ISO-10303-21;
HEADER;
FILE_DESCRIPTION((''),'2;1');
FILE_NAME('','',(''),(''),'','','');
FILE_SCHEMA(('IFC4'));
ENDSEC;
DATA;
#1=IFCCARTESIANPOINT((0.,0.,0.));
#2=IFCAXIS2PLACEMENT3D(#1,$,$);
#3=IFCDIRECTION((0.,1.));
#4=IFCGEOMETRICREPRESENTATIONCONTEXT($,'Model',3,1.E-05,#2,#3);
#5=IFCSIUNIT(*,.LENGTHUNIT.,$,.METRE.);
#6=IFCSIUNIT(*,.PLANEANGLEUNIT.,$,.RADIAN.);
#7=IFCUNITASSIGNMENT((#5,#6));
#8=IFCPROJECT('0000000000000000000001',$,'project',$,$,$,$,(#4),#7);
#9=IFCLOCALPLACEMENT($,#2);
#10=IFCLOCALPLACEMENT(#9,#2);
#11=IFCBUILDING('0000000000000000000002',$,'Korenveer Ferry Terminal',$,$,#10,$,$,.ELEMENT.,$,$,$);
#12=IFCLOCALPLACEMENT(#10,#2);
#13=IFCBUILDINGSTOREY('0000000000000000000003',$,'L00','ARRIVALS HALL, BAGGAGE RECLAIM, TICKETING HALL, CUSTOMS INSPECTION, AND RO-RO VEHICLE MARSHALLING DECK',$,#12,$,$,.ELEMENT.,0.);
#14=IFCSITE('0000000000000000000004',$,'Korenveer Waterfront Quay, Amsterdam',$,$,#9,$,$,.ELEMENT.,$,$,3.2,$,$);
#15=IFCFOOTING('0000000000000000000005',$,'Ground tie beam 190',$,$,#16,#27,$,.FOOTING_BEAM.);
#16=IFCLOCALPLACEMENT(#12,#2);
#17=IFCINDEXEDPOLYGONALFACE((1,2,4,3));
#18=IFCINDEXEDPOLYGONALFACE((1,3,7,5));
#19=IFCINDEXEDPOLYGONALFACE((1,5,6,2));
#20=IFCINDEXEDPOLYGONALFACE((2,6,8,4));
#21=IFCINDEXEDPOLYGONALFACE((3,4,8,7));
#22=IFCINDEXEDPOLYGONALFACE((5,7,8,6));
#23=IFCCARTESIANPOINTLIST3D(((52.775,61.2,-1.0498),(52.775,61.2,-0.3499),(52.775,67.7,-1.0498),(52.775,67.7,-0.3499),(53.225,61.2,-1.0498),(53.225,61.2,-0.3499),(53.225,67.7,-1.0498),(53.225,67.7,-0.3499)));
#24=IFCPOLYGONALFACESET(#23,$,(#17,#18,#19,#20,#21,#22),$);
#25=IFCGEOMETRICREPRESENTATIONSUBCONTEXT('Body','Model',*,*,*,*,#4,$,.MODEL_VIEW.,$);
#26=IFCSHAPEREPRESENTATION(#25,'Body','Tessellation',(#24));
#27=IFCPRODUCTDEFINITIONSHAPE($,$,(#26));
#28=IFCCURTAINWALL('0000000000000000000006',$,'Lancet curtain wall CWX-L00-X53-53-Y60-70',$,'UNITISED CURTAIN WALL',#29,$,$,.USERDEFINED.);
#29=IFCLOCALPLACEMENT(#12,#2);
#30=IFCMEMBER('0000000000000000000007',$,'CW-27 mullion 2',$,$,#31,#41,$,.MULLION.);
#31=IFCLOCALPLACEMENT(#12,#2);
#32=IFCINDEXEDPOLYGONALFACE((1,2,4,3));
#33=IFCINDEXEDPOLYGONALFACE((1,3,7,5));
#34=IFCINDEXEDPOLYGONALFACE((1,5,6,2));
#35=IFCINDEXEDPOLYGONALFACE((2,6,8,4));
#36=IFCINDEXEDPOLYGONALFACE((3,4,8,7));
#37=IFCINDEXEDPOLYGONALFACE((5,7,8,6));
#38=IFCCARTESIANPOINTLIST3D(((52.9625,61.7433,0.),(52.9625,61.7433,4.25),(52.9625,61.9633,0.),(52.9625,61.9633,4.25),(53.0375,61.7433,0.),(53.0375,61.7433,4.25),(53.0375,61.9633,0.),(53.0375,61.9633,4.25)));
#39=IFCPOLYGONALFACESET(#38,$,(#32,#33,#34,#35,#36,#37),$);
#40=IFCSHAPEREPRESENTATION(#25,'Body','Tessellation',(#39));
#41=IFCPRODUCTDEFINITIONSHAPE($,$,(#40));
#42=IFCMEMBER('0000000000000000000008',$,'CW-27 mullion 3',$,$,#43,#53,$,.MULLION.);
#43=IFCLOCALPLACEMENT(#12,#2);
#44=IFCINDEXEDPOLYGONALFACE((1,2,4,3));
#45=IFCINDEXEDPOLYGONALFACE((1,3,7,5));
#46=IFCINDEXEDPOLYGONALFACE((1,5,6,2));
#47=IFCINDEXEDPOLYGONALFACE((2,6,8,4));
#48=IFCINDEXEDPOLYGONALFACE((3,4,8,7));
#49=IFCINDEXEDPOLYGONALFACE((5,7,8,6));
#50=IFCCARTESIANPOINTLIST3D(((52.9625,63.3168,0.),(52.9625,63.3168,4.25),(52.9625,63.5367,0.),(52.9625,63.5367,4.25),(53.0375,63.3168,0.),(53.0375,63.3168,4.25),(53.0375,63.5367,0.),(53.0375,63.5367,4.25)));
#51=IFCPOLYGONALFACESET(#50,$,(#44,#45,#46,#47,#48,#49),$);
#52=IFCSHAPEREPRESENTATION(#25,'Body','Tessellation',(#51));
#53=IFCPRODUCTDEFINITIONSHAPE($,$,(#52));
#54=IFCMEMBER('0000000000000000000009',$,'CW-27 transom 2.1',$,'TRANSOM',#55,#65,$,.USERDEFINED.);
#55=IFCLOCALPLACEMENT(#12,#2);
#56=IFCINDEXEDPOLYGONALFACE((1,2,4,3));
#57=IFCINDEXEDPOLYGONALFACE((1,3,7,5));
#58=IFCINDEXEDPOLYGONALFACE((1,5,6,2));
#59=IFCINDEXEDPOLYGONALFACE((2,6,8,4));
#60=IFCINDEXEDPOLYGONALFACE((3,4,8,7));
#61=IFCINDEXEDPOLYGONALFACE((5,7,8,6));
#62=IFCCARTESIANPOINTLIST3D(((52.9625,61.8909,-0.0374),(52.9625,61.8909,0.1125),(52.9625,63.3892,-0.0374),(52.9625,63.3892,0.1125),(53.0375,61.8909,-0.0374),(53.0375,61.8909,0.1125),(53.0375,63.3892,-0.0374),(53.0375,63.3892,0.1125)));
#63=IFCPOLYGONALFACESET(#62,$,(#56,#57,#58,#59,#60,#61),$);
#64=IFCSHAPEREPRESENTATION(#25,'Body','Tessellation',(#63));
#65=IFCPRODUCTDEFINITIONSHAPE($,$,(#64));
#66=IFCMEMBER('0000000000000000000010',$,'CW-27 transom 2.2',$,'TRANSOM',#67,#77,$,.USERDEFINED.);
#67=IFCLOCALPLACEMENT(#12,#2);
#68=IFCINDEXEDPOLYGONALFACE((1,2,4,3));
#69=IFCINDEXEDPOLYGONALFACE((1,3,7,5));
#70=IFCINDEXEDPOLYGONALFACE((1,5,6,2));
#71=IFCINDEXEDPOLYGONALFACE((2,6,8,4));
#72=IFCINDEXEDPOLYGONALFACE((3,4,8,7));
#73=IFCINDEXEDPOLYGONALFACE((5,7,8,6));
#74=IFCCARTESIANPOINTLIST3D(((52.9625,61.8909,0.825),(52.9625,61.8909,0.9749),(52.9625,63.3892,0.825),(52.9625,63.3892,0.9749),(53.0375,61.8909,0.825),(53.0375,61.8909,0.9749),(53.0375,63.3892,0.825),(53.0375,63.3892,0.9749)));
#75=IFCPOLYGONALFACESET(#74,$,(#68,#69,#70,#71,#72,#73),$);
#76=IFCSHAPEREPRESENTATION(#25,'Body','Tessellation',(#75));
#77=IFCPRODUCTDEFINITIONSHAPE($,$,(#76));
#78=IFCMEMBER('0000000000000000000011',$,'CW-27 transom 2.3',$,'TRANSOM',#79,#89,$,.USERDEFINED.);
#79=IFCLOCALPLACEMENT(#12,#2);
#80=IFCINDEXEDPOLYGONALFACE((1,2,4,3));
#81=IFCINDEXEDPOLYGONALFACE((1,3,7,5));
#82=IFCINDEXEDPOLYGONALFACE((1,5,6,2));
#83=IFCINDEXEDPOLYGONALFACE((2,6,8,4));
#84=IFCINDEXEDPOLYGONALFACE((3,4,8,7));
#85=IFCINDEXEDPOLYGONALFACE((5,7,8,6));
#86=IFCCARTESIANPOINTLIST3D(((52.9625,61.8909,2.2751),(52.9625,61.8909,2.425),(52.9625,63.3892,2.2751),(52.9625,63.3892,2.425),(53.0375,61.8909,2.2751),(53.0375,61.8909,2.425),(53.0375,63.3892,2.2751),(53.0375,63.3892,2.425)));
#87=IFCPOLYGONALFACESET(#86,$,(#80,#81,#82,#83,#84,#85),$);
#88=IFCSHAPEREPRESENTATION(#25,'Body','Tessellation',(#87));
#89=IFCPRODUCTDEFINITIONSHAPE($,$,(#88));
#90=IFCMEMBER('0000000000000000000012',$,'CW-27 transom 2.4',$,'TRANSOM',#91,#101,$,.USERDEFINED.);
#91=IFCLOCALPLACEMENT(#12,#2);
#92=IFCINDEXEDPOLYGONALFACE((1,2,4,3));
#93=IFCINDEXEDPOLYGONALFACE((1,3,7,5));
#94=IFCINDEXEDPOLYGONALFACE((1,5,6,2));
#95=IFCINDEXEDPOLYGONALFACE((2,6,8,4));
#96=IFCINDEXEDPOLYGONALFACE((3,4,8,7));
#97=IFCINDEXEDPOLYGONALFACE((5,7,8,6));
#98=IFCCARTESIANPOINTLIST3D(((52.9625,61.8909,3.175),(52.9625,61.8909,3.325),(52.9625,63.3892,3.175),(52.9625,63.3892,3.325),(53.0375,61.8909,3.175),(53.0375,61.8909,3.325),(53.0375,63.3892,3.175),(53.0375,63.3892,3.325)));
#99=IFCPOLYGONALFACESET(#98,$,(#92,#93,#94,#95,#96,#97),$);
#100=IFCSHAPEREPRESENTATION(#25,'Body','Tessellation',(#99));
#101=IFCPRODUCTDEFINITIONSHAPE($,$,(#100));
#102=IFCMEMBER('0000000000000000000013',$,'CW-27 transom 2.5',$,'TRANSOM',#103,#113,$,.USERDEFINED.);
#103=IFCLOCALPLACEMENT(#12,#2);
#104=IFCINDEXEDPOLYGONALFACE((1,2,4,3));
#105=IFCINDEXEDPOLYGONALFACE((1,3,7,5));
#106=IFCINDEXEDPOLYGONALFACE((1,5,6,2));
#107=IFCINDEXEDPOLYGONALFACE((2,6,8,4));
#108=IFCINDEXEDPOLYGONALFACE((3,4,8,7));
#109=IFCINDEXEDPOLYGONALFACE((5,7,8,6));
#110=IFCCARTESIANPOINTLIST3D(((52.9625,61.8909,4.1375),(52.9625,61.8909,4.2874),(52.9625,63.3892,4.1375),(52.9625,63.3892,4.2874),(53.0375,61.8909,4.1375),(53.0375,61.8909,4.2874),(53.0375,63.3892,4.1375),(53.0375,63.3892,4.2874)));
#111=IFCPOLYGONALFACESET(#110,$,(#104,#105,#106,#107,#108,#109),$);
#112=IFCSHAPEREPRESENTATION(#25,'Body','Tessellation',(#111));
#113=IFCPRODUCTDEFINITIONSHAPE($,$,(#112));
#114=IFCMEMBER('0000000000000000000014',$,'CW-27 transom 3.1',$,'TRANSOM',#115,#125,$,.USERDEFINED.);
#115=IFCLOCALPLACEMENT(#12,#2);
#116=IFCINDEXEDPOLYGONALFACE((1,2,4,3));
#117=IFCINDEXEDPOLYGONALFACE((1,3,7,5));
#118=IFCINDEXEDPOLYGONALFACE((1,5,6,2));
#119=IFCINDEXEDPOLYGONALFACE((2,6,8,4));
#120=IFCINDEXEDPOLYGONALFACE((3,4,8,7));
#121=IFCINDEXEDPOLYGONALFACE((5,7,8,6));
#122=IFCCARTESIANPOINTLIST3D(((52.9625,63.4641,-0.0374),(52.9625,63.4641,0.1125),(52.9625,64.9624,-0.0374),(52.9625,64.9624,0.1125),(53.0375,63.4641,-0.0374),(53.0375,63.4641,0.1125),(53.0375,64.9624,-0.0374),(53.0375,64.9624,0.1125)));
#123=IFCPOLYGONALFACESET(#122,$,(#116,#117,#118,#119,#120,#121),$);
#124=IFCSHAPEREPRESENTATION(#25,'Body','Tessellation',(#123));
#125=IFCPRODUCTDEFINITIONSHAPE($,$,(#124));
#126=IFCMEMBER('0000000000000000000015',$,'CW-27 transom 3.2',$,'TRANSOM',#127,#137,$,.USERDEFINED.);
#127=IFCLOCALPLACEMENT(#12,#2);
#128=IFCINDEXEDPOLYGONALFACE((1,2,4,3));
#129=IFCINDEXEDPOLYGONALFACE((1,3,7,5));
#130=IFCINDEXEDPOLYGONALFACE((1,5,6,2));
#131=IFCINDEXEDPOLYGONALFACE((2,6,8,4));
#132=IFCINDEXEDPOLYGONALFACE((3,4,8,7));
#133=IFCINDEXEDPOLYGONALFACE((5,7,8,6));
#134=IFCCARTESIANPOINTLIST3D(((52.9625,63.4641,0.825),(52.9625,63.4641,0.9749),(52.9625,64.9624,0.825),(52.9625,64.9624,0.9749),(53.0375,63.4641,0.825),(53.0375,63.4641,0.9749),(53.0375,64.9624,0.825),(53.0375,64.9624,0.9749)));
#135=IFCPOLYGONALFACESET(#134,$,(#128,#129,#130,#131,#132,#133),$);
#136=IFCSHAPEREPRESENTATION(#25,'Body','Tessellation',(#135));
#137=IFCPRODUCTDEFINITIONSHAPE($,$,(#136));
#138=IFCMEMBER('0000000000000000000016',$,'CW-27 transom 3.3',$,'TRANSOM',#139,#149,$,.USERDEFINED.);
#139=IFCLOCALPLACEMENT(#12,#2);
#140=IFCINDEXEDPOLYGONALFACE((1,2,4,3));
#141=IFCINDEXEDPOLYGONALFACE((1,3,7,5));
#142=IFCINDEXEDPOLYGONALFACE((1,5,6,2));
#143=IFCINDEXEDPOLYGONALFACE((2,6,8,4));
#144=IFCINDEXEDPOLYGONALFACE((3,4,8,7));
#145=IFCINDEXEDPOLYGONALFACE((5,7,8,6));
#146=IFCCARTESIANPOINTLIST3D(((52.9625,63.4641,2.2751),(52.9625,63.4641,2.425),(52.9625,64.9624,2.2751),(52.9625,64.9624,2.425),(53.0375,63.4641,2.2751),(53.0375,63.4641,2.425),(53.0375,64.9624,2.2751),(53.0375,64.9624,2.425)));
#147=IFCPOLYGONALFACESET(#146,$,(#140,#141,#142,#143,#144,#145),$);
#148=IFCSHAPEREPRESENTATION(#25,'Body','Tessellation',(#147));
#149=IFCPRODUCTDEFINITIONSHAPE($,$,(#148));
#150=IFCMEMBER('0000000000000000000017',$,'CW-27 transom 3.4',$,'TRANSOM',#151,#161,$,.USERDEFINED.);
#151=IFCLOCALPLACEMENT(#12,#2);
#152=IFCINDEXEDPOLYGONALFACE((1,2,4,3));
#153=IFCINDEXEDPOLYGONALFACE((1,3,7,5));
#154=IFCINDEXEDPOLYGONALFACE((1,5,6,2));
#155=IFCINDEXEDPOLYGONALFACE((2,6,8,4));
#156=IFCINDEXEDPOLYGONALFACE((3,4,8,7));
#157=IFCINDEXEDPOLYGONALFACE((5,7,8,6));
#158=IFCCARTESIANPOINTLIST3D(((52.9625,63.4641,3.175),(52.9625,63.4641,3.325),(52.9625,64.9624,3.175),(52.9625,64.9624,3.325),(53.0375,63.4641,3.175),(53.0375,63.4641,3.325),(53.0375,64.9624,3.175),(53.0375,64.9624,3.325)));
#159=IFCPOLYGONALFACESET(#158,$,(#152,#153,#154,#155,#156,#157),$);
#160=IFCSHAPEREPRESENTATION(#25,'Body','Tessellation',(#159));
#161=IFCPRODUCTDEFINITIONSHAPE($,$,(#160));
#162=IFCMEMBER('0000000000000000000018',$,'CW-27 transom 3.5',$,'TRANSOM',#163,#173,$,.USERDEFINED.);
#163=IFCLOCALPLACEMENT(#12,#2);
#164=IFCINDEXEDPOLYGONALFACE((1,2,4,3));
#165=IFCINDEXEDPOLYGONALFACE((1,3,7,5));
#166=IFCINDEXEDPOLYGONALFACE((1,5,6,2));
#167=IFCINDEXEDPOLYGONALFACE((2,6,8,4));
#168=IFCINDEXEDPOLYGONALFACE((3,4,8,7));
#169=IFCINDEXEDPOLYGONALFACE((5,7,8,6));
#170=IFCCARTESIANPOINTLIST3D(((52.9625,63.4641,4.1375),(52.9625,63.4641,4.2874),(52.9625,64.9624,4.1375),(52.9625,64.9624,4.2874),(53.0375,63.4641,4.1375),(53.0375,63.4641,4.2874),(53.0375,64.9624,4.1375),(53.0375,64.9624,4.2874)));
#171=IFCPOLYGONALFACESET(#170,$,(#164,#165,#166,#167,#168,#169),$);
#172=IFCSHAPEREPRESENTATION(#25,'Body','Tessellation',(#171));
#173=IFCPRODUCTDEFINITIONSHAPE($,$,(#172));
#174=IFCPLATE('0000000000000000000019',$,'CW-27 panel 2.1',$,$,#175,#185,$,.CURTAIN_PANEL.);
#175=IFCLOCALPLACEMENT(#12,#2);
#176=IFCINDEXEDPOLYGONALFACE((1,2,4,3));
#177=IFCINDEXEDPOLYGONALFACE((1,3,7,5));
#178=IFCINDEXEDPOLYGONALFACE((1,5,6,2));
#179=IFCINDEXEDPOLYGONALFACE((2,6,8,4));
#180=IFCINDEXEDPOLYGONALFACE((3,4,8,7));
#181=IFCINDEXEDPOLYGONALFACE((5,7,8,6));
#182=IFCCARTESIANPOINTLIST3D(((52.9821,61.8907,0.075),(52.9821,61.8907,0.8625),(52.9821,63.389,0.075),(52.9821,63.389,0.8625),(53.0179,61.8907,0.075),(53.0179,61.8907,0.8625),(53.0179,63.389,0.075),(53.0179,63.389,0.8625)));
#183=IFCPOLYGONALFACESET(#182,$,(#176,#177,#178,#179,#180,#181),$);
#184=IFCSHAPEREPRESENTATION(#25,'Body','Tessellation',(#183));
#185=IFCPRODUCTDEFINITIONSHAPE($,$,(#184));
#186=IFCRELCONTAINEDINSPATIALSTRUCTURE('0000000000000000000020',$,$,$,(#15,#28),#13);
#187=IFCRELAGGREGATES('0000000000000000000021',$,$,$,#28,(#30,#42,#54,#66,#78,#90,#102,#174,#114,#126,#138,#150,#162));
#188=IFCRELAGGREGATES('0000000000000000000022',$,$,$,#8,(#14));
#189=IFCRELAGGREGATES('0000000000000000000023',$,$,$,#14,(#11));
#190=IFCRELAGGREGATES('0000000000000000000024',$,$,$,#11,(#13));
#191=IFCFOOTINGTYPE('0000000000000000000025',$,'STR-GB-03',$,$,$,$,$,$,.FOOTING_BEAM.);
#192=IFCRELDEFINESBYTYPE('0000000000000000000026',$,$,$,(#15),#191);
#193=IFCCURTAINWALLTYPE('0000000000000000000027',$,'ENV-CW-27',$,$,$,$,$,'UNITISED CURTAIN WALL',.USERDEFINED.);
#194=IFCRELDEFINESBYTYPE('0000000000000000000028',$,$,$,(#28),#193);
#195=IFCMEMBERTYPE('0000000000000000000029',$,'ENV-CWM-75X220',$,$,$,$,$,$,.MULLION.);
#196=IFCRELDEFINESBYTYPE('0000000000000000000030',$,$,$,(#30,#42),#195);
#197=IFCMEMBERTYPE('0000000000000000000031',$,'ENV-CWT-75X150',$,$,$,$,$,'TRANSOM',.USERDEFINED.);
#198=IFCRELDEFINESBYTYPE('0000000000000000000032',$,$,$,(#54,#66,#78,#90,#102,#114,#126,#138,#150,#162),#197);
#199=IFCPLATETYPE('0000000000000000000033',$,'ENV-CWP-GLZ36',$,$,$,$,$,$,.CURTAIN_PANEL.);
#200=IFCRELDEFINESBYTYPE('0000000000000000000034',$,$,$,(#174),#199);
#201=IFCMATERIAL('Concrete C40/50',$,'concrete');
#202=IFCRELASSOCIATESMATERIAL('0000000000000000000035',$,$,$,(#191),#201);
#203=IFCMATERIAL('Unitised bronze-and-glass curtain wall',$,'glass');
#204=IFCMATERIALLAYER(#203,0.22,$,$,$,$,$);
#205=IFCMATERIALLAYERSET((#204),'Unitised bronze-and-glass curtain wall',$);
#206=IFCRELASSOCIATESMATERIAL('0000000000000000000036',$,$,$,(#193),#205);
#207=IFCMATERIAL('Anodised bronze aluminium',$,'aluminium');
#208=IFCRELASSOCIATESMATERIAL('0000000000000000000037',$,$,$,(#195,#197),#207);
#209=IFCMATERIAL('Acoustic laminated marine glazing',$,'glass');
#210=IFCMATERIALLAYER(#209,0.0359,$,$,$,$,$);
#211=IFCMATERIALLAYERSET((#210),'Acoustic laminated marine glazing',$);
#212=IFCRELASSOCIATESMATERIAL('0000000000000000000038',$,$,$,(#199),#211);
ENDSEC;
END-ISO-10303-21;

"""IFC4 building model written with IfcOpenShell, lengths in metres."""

from ifc_helpers import new_model, si_unit, direction, frame, origin, origin_2d, place, context, subcontext, project, spatial, rectangle, extrude, material, layer, layer_set, material_profile, profile_set, type_object, element, aggregate, save


model = new_model("IFC4")

# Units and contexts
model_context = context("Model", 3, precision=1e-05, world=origin(), true_north=direction((0.0, 1.0)))
body_context = subcontext(model_context, "Body", "Model", "MODEL_VIEW")
ifc_project = project(units=[si_unit("LENGTHUNIT", "METRE"), si_unit("PLANEANGLEUNIT", "RADIAN")], contexts=[model_context])

# Site, building, storey
site_placement = place(None, origin())
site = spatial("IfcSite", under=ifc_project, at=site_placement, Name="Korenveer Waterfront Quay, Amsterdam", CompositionType="ELEMENT", RefElevation=3.2)
building_placement = place(site_placement, origin())
building = spatial("IfcBuilding", under=site, at=building_placement, Name="Korenveer Ferry Terminal", CompositionType="ELEMENT")
storey_placement = place(building_placement, origin())
storey = spatial("IfcBuildingStorey", under=building, at=storey_placement, Name="L00", Description="ARRIVALS HALL, BAGGAGE RECLAIM, TICKETING HALL, CUSTOMS INSPECTION, AND RO-RO VEHICLE MARSHALLING DECK", CompositionType="ELEMENT", Elevation=0.0)

# Footing
ifc_material_1 = material(Name="Concrete C40/50", Category="concrete")
footing_type = type_object("IfcFootingType", Name="STR-GB-03", PredefinedType="FOOTING_BEAM", material=ifc_material_1)
footing_placement = place(storey_placement, frame((53.0, 64.45, -1.0498), z_axis=(0.0, 0.0, 1.0), x_axis=(1.0, 0.0, 0.0)))
element("IfcFooting", 1, at=footing_placement, inside=storey, type_object=footing_type, Name="Ground tie beam 190", PredefinedType="FOOTING_BEAM", context=body_context, shape_type="SweptSolid", body=[
    extrude(rectangle(XDim=0.45, YDim=6.5, at=origin_2d()), origin(), (0.0, 0.0, 1.0), 0.7),
])

# Curtain wall, members, plate
ifc_material_2 = material(Name="Unitised bronze-and-glass curtain wall", Category="glass")
ifc_layer_1 = layer(ifc_material_2, 0.22)
ifc_layer_set_1 = layer_set([ifc_layer_1], Name="Unitised bronze-and-glass curtain wall")
curtain_wall_type = type_object("IfcCurtainWallType", Name="ENV-CW-27", ElementType="UNITISED CURTAIN WALL", PredefinedType="USERDEFINED", material=ifc_layer_set_1)
curtain_wall_placement = place(storey_placement, frame((53.0, 60.28, 0.0)))
curtain_wall = element("IfcCurtainWall", 2, at=curtain_wall_placement, inside=storey, type_object=curtain_wall_type, Name="Lancet curtain wall CWX-L00-X53-53-Y60-70", ObjectType="UNITISED CURTAIN WALL", PredefinedType="USERDEFINED")
ifc_material_3 = material(Name="Anodised bronze aluminium", Category="aluminium")
ifc_material_profile_1 = material_profile(ifc_material_3, rectangle(XDim=0.075, YDim=0.22, at=origin_2d()), Name="ALU 75x220")
ifc_profile_set_1 = profile_set([ifc_material_profile_1], Name="Anodised bronze aluminium")
member_type_1 = type_object("IfcMemberType", Name="ENV-CWM-75X220", PredefinedType="MULLION", material=ifc_profile_set_1)
member_1_placement = place(storey_placement, frame((53.0, 61.8533, 0.0), z_axis=(0.0, 0.0, 1.0), x_axis=(-1.0, 0.0, 0.0)))
member_1 = element("IfcMember", 3, at=member_1_placement, type_object=member_type_1, Name="CW-27 mullion 2", PredefinedType="MULLION", context=body_context, shape_type="SweptSolid", body=[
    extrude(rectangle(XDim=0.075, YDim=0.22, at=origin_2d()), origin(), (0.0, 0.0, 1.0), 4.25),
])
member_2_placement = place(storey_placement, frame((53.0, 63.4268, 0.0), z_axis=(0.0, 0.0, 1.0), x_axis=(-1.0, 0.0, 0.0)))
member_2 = element("IfcMember", 4, at=member_2_placement, type_object=member_type_1, Name="CW-27 mullion 3", PredefinedType="MULLION", context=body_context, shape_type="SweptSolid", body=[
    extrude(rectangle(XDim=0.075, YDim=0.22, at=origin_2d()), origin(), (0.0, 0.0, 1.0), 4.25),
])
ifc_material_profile_2 = material_profile(ifc_material_3, rectangle(XDim=0.075, YDim=0.1499, at=origin_2d()), Name="ALU 75x150")
ifc_profile_set_2 = profile_set([ifc_material_profile_2], Name="Anodised bronze aluminium")
member_type_2 = type_object("IfcMemberType", Name="ENV-CWT-75X150", ElementType="TRANSOM", PredefinedType="USERDEFINED", material=ifc_profile_set_2)
member_3_placement = place(storey_placement, frame((53.0, 61.8909, 0.0376), z_axis=(0.0, 1.0, 0.0), x_axis=(-1.0, 0.0, 0.0)))
member_3 = element("IfcMember", 5, at=member_3_placement, type_object=member_type_2, Name="CW-27 transom 2.1", ObjectType="TRANSOM", PredefinedType="USERDEFINED", context=body_context, shape_type="SweptSolid", body=[
    extrude(rectangle(XDim=0.075, YDim=0.1499, at=origin_2d()), origin(), (0.0, 0.0, 1.0), 1.4983),
])
member_4_placement = place(storey_placement, frame((53.0, 61.8909, 0.8999), z_axis=(0.0, 1.0, 0.0), x_axis=(-1.0, 0.0, 0.0)))
member_4 = element("IfcMember", 6, at=member_4_placement, type_object=member_type_2, Name="CW-27 transom 2.2", ObjectType="TRANSOM", PredefinedType="USERDEFINED", context=body_context, shape_type="SweptSolid", body=[
    extrude(rectangle(XDim=0.075, YDim=0.1499, at=origin_2d()), origin(), (0.0, 0.0, 1.0), 1.4983),
])
member_5_placement = place(storey_placement, frame((53.0, 61.8909, 2.3501), z_axis=(0.0, 1.0, 0.0), x_axis=(-1.0, 0.0, 0.0)))
member_5 = element("IfcMember", 7, at=member_5_placement, type_object=member_type_2, Name="CW-27 transom 2.3", ObjectType="TRANSOM", PredefinedType="USERDEFINED", context=body_context, shape_type="SweptSolid", body=[
    extrude(rectangle(XDim=0.075, YDim=0.1499, at=origin_2d()), origin(), (0.0, 0.0, 1.0), 1.4983),
])
member_6_placement = place(storey_placement, frame((53.0, 61.8909, 3.25), z_axis=(0.0, 1.0, 0.0), x_axis=(-1.0, 0.0, 0.0)))
member_6 = element("IfcMember", 8, at=member_6_placement, type_object=member_type_2, Name="CW-27 transom 2.4", ObjectType="TRANSOM", PredefinedType="USERDEFINED", context=body_context, shape_type="SweptSolid", body=[
    extrude(rectangle(XDim=0.075, YDim=0.1499, at=origin_2d()), origin(), (0.0, 0.0, 1.0), 1.4983),
])
member_7_placement = place(storey_placement, frame((53.0, 61.8909, 4.2124), z_axis=(0.0, 1.0, 0.0), x_axis=(-1.0, 0.0, 0.0)))
member_7 = element("IfcMember", 9, at=member_7_placement, type_object=member_type_2, Name="CW-27 transom 2.5", ObjectType="TRANSOM", PredefinedType="USERDEFINED", context=body_context, shape_type="SweptSolid", body=[
    extrude(rectangle(XDim=0.075, YDim=0.1499, at=origin_2d()), origin(), (0.0, 0.0, 1.0), 1.4983),
])
member_8_placement = place(storey_placement, frame((53.0, 63.4641, 0.0376), z_axis=(0.0, 1.0, 0.0), x_axis=(-1.0, 0.0, 0.0)))
member_8 = element("IfcMember", 10, at=member_8_placement, type_object=member_type_2, Name="CW-27 transom 3.1", ObjectType="TRANSOM", PredefinedType="USERDEFINED", context=body_context, shape_type="SweptSolid", body=[
    extrude(rectangle(XDim=0.075, YDim=0.1499, at=origin_2d()), origin(), (0.0, 0.0, 1.0), 1.4983),
])
member_9_placement = place(storey_placement, frame((53.0, 63.4641, 0.8999), z_axis=(0.0, 1.0, 0.0), x_axis=(-1.0, 0.0, 0.0)))
member_9 = element("IfcMember", 11, at=member_9_placement, type_object=member_type_2, Name="CW-27 transom 3.2", ObjectType="TRANSOM", PredefinedType="USERDEFINED", context=body_context, shape_type="SweptSolid", body=[
    extrude(rectangle(XDim=0.075, YDim=0.1499, at=origin_2d()), origin(), (0.0, 0.0, 1.0), 1.4983),
])
member_10_placement = place(storey_placement, frame((53.0, 63.4641, 2.3501), z_axis=(0.0, 1.0, 0.0), x_axis=(-1.0, 0.0, 0.0)))
member_10 = element("IfcMember", 12, at=member_10_placement, type_object=member_type_2, Name="CW-27 transom 3.3", ObjectType="TRANSOM", PredefinedType="USERDEFINED", context=body_context, shape_type="SweptSolid", body=[
    extrude(rectangle(XDim=0.075, YDim=0.1499, at=origin_2d()), origin(), (0.0, 0.0, 1.0), 1.4983),
])
member_11_placement = place(storey_placement, frame((53.0, 63.4641, 3.25), z_axis=(0.0, 1.0, 0.0), x_axis=(-1.0, 0.0, 0.0)))
member_11 = element("IfcMember", 13, at=member_11_placement, type_object=member_type_2, Name="CW-27 transom 3.4", ObjectType="TRANSOM", PredefinedType="USERDEFINED", context=body_context, shape_type="SweptSolid", body=[
    extrude(rectangle(XDim=0.075, YDim=0.1499, at=origin_2d()), origin(), (0.0, 0.0, 1.0), 1.4983),
])
member_12_placement = place(storey_placement, frame((53.0, 63.4641, 4.2124), z_axis=(0.0, 1.0, 0.0), x_axis=(-1.0, 0.0, 0.0)))
member_12 = element("IfcMember", 14, at=member_12_placement, type_object=member_type_2, Name="CW-27 transom 3.5", ObjectType="TRANSOM", PredefinedType="USERDEFINED", context=body_context, shape_type="SweptSolid", body=[
    extrude(rectangle(XDim=0.075, YDim=0.1499, at=origin_2d()), origin(), (0.0, 0.0, 1.0), 1.4983),
])
ifc_material_4 = material(Name="Acoustic laminated marine glazing", Category="glass")
ifc_layer_2 = layer(ifc_material_4, 0.0359)
ifc_layer_set_2 = layer_set([ifc_layer_2], Name="Acoustic laminated marine glazing")
plate_type = type_object("IfcPlateType", Name="ENV-CWP-GLZ36", PredefinedType="CURTAIN_PANEL", material=ifc_layer_set_2)
plate_1_placement = place(storey_placement, frame((53.0, 62.6399, 0.075), z_axis=(0.0, 0.0, 1.0), x_axis=(0.0, 1.0, 0.0)))
plate_1 = element("IfcPlate", 15, at=plate_1_placement, type_object=plate_type, Name="CW-27 panel 2.1", PredefinedType="CURTAIN_PANEL", context=body_context, shape_type="SweptSolid", body=[
    extrude(rectangle(XDim=1.4983, YDim=0.0359, at=origin_2d()), origin(), (0.0, 0.0, 1.0), 0.7876),
])
aggregate(curtain_wall, [member_1, member_2, member_3, member_4, member_5, member_6, member_7, plate_1, member_8, member_9, member_10, member_11, member_12])

save(model, "model.ifc")
